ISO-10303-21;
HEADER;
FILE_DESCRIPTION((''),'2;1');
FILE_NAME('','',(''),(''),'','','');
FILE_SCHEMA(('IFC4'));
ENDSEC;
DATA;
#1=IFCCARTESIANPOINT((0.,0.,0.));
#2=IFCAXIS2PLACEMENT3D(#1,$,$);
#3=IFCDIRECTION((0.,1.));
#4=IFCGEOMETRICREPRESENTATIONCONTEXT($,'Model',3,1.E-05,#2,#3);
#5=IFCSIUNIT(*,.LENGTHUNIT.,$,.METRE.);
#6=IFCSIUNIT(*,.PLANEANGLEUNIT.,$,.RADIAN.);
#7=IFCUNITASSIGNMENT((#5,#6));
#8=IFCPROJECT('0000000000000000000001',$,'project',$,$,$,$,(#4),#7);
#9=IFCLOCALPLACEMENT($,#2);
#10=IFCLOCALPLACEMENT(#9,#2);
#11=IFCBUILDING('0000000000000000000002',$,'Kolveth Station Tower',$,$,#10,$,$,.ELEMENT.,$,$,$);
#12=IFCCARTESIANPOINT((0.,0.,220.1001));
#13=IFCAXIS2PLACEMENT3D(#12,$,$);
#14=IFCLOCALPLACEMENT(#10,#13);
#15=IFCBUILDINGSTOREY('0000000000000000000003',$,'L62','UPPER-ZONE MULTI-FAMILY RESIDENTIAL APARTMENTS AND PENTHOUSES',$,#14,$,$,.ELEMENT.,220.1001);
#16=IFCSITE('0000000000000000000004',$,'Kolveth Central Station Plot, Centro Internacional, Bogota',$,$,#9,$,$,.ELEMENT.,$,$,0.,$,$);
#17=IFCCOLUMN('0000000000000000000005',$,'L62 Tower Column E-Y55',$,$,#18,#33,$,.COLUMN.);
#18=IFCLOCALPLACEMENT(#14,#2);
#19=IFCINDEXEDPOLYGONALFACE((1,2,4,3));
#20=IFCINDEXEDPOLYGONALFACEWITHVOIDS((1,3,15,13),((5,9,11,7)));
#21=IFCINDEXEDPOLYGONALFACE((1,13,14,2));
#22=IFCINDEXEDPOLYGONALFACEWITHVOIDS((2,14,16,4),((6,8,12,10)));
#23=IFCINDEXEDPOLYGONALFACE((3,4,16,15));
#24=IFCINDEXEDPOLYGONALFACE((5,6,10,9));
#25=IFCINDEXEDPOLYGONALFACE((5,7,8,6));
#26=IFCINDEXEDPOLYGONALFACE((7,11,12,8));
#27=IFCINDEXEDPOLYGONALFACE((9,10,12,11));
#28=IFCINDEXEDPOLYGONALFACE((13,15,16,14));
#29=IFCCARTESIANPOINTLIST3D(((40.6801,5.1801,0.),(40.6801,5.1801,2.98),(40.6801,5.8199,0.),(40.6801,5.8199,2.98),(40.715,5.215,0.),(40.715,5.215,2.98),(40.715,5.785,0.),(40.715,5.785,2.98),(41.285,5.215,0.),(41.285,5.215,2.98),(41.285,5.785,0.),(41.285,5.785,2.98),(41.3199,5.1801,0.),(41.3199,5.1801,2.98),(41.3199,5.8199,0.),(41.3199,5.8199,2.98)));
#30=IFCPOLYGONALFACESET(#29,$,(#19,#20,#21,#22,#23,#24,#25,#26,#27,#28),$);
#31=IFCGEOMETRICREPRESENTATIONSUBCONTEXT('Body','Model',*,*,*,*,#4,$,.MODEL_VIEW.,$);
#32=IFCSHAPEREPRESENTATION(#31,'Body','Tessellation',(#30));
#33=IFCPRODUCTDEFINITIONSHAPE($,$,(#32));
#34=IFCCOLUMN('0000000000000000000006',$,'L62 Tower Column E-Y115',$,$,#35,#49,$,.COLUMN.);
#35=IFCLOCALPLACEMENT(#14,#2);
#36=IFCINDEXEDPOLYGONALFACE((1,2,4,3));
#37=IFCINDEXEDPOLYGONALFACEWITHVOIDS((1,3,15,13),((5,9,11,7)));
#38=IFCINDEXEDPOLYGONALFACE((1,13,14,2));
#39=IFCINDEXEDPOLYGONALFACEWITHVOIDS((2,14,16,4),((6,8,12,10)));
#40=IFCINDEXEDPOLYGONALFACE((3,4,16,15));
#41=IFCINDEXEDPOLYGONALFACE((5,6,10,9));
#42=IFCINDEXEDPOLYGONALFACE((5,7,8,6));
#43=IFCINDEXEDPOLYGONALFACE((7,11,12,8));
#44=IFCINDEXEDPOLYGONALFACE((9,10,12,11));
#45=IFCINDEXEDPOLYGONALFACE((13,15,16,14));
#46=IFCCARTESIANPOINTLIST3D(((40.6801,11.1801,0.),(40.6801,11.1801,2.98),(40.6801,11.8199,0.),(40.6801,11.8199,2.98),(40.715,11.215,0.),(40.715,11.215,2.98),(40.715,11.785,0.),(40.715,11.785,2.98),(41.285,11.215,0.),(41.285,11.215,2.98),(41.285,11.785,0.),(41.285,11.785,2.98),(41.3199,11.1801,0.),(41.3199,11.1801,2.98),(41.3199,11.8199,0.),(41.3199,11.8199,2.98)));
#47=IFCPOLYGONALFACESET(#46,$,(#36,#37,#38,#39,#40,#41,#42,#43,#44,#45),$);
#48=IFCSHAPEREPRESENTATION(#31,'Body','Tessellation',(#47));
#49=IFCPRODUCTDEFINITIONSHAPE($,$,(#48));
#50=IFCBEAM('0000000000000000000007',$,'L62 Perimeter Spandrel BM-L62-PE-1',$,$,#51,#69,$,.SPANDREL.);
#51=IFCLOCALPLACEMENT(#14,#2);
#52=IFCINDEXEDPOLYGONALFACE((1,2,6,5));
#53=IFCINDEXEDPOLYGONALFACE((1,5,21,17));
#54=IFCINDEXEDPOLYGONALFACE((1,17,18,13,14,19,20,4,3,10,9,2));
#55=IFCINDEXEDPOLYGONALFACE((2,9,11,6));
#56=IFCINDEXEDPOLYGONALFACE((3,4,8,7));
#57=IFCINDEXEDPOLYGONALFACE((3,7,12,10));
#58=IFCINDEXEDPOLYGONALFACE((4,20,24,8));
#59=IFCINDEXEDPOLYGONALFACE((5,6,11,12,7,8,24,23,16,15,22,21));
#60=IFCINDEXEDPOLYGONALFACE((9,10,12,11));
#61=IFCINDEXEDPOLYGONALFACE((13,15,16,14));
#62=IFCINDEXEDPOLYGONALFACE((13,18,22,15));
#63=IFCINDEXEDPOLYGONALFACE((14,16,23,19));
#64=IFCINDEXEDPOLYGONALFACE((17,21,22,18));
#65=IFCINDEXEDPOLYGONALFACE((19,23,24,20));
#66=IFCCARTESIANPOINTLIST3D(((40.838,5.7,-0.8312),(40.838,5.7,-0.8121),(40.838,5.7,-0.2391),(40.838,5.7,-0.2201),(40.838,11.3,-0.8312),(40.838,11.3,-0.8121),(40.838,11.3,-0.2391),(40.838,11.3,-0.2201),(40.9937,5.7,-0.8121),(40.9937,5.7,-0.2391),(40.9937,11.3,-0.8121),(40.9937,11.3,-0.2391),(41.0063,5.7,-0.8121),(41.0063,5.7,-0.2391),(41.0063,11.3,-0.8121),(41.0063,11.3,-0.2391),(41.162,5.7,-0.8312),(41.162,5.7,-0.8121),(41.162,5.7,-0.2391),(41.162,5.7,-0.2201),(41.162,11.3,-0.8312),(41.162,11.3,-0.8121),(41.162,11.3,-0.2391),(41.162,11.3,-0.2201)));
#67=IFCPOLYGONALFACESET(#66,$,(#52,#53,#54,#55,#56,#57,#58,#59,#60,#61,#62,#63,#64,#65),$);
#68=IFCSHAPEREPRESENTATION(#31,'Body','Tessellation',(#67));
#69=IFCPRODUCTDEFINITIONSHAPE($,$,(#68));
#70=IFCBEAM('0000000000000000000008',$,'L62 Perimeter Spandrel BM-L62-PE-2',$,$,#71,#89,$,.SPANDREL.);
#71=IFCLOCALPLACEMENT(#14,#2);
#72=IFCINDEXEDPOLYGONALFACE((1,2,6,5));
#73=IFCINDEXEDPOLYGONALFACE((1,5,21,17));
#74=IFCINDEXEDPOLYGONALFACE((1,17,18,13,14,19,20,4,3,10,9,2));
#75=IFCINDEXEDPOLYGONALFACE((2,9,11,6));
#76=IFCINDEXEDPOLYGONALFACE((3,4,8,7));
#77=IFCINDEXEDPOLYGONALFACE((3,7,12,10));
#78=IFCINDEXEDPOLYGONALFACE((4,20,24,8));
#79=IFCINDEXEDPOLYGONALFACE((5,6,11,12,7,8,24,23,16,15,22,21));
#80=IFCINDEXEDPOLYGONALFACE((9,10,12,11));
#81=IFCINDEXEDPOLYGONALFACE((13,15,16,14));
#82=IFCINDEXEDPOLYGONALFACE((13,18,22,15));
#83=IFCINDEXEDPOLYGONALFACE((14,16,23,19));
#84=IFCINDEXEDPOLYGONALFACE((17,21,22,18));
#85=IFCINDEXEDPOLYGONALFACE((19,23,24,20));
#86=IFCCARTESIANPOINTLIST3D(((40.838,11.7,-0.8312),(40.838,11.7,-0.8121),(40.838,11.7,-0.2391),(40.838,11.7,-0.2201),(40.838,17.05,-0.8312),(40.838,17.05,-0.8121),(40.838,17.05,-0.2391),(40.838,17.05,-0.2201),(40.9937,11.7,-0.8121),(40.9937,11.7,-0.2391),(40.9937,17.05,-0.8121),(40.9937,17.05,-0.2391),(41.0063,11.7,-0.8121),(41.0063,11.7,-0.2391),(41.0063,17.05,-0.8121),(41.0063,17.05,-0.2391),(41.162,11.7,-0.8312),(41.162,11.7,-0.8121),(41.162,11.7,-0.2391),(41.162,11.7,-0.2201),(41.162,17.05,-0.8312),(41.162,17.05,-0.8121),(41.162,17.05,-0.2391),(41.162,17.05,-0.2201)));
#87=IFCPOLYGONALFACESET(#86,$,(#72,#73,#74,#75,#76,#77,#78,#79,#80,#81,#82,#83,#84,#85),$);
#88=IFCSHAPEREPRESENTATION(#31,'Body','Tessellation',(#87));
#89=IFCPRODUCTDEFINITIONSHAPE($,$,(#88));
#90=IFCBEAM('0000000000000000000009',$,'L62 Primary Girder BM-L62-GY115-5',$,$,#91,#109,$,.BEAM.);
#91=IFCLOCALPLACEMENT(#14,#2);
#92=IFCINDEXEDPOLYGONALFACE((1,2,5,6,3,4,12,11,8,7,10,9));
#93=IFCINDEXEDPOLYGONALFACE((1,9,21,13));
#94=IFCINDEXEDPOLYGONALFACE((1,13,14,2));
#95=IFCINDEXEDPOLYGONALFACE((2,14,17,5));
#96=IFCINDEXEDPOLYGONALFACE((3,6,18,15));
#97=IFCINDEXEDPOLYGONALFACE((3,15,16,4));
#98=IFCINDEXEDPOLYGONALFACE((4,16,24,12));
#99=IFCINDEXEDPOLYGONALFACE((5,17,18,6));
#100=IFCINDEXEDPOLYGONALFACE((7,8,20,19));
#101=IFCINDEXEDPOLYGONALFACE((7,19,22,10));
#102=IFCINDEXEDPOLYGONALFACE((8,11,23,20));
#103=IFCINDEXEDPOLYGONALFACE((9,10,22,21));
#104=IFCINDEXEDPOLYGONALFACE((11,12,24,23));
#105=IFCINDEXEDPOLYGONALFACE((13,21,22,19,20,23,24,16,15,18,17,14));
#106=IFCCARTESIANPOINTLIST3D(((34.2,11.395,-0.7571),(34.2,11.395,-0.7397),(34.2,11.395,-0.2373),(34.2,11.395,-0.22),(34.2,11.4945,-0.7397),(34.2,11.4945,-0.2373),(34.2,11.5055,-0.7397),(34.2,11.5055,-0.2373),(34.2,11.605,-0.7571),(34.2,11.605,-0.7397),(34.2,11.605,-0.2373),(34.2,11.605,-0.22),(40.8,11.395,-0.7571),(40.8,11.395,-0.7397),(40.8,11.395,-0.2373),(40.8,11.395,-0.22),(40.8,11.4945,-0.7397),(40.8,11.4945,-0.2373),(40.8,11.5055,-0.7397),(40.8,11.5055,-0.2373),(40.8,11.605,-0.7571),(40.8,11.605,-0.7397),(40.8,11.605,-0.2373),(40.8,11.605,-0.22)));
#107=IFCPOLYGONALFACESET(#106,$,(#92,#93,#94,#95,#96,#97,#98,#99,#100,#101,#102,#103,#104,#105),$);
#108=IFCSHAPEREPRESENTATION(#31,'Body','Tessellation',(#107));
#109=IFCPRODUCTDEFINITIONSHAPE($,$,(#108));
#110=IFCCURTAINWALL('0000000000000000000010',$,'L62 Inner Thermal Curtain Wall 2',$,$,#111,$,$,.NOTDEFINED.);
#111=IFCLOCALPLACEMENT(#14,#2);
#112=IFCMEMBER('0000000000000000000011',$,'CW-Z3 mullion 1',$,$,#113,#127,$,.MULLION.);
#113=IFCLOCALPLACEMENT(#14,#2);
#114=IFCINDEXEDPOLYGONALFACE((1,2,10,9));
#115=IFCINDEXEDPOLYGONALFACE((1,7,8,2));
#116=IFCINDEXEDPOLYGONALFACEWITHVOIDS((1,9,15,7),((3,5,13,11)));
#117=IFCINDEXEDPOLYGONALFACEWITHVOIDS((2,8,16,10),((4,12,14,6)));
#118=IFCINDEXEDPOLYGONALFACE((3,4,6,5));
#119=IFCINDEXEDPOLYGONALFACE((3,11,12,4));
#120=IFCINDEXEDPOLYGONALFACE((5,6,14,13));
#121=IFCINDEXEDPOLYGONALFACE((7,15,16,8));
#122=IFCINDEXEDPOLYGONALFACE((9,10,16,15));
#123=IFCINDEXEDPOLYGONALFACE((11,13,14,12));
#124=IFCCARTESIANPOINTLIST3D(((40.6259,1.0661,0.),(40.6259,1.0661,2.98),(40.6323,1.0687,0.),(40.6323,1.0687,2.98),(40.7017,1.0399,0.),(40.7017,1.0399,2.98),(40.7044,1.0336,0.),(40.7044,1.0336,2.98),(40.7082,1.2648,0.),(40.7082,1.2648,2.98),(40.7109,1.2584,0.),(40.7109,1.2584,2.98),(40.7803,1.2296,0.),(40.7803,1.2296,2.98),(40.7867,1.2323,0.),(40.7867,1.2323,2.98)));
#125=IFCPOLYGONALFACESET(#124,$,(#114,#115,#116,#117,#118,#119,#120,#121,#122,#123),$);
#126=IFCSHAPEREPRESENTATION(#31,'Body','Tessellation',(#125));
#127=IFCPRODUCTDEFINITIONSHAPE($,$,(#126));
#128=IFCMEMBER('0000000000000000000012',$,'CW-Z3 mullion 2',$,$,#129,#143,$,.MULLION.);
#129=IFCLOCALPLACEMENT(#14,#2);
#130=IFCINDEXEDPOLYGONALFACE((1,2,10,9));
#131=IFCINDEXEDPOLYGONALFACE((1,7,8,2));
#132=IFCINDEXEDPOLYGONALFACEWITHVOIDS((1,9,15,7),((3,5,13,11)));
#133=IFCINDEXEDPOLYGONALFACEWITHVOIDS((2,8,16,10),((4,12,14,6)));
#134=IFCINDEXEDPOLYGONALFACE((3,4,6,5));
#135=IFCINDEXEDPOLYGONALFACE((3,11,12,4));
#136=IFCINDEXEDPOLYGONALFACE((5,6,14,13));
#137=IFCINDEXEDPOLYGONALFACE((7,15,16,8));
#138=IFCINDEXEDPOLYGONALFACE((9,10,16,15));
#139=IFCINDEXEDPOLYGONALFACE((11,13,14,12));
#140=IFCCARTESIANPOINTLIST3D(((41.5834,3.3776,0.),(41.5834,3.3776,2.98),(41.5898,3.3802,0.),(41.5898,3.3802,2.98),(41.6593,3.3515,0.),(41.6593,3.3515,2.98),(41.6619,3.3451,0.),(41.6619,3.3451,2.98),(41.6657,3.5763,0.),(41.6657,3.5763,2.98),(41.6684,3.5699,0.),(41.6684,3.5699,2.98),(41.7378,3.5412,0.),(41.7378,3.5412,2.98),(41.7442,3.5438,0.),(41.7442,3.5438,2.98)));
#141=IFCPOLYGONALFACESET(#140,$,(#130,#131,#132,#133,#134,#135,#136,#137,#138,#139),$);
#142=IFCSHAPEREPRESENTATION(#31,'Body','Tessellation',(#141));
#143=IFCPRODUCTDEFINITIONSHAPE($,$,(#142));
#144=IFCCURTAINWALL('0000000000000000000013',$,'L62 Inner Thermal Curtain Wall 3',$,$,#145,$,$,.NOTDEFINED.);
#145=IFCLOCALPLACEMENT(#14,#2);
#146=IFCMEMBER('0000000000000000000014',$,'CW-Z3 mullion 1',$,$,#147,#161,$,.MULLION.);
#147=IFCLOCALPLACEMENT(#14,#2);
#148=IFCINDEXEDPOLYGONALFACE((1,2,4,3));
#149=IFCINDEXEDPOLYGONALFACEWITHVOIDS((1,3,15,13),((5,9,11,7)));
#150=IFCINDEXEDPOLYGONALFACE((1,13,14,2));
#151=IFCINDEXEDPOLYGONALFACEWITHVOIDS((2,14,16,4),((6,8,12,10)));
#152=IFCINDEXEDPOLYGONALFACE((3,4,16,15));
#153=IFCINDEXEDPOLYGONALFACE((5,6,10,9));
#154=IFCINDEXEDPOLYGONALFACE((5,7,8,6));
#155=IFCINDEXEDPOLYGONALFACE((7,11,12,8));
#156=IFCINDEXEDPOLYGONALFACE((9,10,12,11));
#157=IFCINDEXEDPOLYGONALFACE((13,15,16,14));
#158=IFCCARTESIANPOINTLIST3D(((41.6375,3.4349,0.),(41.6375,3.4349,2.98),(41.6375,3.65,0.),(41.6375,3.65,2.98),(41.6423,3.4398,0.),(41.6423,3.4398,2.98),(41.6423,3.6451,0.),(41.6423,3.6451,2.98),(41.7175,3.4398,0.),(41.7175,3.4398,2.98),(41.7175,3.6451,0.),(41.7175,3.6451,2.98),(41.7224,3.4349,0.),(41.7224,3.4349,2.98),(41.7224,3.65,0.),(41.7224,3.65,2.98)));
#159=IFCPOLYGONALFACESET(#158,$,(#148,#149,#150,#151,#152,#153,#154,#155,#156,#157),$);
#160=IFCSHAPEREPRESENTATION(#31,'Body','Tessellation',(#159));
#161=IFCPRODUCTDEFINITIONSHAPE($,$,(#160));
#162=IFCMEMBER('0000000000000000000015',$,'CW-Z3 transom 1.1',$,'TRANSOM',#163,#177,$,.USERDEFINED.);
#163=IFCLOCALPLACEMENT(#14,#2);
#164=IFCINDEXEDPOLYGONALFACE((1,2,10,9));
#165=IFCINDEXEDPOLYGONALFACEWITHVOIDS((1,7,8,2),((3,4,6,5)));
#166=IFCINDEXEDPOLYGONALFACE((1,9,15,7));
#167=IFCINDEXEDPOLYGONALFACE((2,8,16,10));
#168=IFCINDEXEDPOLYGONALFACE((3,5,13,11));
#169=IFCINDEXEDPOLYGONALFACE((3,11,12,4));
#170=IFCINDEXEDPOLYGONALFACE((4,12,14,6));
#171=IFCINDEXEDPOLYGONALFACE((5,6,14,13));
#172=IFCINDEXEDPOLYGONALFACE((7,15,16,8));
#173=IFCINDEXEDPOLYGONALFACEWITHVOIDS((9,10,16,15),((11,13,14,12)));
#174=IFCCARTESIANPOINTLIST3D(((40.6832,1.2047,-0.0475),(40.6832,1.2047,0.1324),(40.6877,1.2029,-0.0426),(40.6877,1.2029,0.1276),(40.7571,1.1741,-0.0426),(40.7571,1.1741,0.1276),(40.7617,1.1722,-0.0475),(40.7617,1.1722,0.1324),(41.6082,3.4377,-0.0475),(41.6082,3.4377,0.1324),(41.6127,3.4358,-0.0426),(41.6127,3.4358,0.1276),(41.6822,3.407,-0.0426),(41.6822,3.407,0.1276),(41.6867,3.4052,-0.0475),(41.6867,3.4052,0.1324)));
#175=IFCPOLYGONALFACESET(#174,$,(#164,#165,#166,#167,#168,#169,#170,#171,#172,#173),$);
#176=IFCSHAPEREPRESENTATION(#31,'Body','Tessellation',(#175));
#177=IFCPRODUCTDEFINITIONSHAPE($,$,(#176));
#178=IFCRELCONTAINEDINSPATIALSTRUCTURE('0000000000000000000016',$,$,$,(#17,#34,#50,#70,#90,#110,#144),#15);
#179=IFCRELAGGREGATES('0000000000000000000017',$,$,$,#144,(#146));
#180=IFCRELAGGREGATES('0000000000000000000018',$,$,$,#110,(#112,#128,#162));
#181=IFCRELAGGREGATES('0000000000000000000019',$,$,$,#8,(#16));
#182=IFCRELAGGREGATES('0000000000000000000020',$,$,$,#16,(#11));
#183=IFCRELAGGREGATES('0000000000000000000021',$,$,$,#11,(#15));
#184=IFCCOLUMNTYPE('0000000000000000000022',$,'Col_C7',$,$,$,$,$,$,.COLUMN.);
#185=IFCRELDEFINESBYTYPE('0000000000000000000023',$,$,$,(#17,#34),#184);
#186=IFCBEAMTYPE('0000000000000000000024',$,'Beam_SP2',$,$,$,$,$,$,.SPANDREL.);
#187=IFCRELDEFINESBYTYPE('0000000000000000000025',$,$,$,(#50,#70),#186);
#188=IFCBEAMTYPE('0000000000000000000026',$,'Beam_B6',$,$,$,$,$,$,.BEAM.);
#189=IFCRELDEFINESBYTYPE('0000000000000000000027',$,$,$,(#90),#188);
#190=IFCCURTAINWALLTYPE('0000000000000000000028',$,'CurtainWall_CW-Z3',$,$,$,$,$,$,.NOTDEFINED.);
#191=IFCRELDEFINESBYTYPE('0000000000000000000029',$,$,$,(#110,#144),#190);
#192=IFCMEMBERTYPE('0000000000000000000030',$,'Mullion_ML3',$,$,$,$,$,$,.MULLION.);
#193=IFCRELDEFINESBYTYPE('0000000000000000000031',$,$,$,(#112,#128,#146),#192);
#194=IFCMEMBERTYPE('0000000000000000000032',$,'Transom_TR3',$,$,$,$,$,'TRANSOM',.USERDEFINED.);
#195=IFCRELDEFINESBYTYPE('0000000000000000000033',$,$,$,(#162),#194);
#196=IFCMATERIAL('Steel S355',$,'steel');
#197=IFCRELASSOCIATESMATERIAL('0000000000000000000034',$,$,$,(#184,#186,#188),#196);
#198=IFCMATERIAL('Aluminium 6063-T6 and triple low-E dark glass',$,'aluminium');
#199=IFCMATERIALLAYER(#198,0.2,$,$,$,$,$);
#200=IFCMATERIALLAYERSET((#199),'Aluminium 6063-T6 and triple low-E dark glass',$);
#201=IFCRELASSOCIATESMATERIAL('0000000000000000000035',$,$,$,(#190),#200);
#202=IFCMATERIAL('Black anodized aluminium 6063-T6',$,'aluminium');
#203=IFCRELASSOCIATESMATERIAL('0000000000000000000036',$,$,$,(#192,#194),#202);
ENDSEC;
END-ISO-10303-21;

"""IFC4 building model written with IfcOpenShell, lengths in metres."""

from ifc_helpers import new_model, si_unit, direction, frame, origin, origin_2d, place, context, subcontext, project, spatial, hollow_rectangle, i_section, extrude, source, transform, mapped, material, layer, layer_set, material_profile, profile_set, type_object, element, aggregate, save


model = new_model("IFC4")

# Units and contexts
model_context = context("Model", 3, precision=1e-05, world=origin(), true_north=direction((0.0, 1.0)))
body_context = subcontext(model_context, "Body", "Model", "MODEL_VIEW")
ifc_project = project(units=[si_unit("LENGTHUNIT", "METRE"), si_unit("PLANEANGLEUNIT", "RADIAN")], contexts=[model_context])

# Site, building, storey
site_placement = place(None, origin())
site = spatial("IfcSite", under=ifc_project, at=site_placement, Name="Kolveth Central Station Plot, Centro Internacional, Bogota", CompositionType="ELEMENT", RefElevation=0.0)
building_placement = place(site_placement, origin())
building = spatial("IfcBuilding", under=site, at=building_placement, Name="Kolveth Station Tower", CompositionType="ELEMENT")
storey_placement = place(building_placement, frame((0.0, 0.0, 220.1001)))
storey = spatial("IfcBuildingStorey", under=building, at=storey_placement, Name="L62", Description="UPPER-ZONE MULTI-FAMILY RESIDENTIAL APARTMENTS AND PENTHOUSES", CompositionType="ELEMENT", Elevation=220.1001)

# Columns
ifc_material_1 = material(Name="Steel S355", Category="steel")
ifc_material_profile_1 = material_profile(ifc_material_1, hollow_rectangle(XDim=0.6399, YDim=0.6399, WallThickness=0.0349, at=origin_2d()), Name="BOX640x640x35")
ifc_profile_set_1 = profile_set([ifc_material_profile_1], Name="Steel S355")
column_type = type_object("IfcColumnType", Name="Col_C7", PredefinedType="COLUMN", material=ifc_profile_set_1)
shared_shape_1 = source(origin(), body_context, "Body", "SweptSolid", [
    extrude(hollow_rectangle(XDim=0.6399, YDim=0.6399, WallThickness=0.0349, at=origin_2d()), origin(), (0.0, 0.0, 1.0), 2.98),
])
for number, where, z_axis, x_axis, name in (
    (1, (41.0, 5.5, 0.0), (0.0, 0.0, 1.0), (1.0, 0.0, 0.0), "L62 Tower Column E-Y55"),
    (2, (41.0, 11.5, 0.0), (0.0, 0.0, 1.0), (1.0, 0.0, 0.0), "L62 Tower Column E-Y115"),
):
    element("IfcColumn", number, at=place(storey_placement, frame(where, z_axis=z_axis, x_axis=x_axis)), inside=storey, type_object=column_type, Name=name, PredefinedType="COLUMN", context=body_context, shape_type="MappedRepresentation", body=[
        mapped(shared_shape_1, transform((0.0, 0.0, 0.0), x_axis=(1.0, 0.0, 0.0), y_axis=(0.0, 1.0, 0.0), z_axis=(0.0, 0.0, 1.0), scale=1.0)),
    ])

# Beams
ifc_material_profile_2 = material_profile(ifc_material_1, i_section(OverallWidth=0.324, OverallDepth=0.6111, WebThickness=0.0127, FlangeThickness=0.019, at=origin_2d()), Name="W610x155")
ifc_profile_set_2 = profile_set([ifc_material_profile_2], Name="Steel S355")
beam_type_1 = type_object("IfcBeamType", Name="Beam_SP2", PredefinedType="SPANDREL", material=ifc_profile_set_2)
shared_shape_2 = source(origin(), body_context, "Body", "SweptSolid", [
    extrude(i_section(OverallWidth=0.324, OverallDepth=0.6111, WebThickness=0.0127, FlangeThickness=0.019, at=origin_2d()), origin(), (0.0, 0.0, 1.0), 5.6001),
])
beam_1_placement = place(storey_placement, frame((41.0, 5.7, -0.5256), z_axis=(0.0, 1.0, 0.0), x_axis=(-1.0, 0.0, 0.0)))
element("IfcBeam", 3, at=beam_1_placement, inside=storey, type_object=beam_type_1, Name="L62 Perimeter Spandrel BM-L62-PE-1", PredefinedType="SPANDREL", context=body_context, shape_type="MappedRepresentation", body=[
    mapped(shared_shape_2, transform((0.0, 0.0, 0.0), x_axis=(1.0, 0.0, 0.0), y_axis=(0.0, 1.0, 0.0), z_axis=(0.0, 0.0, 1.0), scale=1.0)),
])
shared_shape_3 = source(origin(), body_context, "Body", "SweptSolid", [
    extrude(i_section(OverallWidth=0.324, OverallDepth=0.6111, WebThickness=0.0127, FlangeThickness=0.019, at=origin_2d()), origin(), (0.0, 0.0, 1.0), 5.3501),
])
beam_2_placement = place(storey_placement, frame((41.0, 11.7, -0.5256), z_axis=(0.0, 1.0, 0.0), x_axis=(-1.0, 0.0, 0.0)))
element("IfcBeam", 4, at=beam_2_placement, inside=storey, type_object=beam_type_1, Name="L62 Perimeter Spandrel BM-L62-PE-2", PredefinedType="SPANDREL", context=body_context, shape_type="MappedRepresentation", body=[
    mapped(shared_shape_3, transform((0.0, 0.0, 0.0), x_axis=(1.0, 0.0, 0.0), y_axis=(0.0, 1.0, 0.0), z_axis=(0.0, 0.0, 1.0), scale=1.0)),
])
ifc_material_profile_3 = material_profile(ifc_material_1, i_section(OverallWidth=0.21, OverallDepth=0.5371, WebThickness=0.011, FlangeThickness=0.0173, at=origin_2d()), Name="W530x101")
ifc_profile_set_3 = profile_set([ifc_material_profile_3], Name="Steel S355")
beam_type_2 = type_object("IfcBeamType", Name="Beam_B6", PredefinedType="BEAM", material=ifc_profile_set_3)
shared_shape_4 = source(origin(), body_context, "Body", "SweptSolid", [
    extrude(i_section(OverallWidth=0.21, OverallDepth=0.5371, WebThickness=0.011, FlangeThickness=0.0173, at=origin_2d()), origin(), (0.0, 0.0, 1.0), 6.6001),
])
beam_3_placement = place(storey_placement, frame((34.2, 11.5, -0.4885), z_axis=(1.0, 0.0, 0.0), x_axis=(0.0, 1.0, 0.0)))
element("IfcBeam", 5, at=beam_3_placement, inside=storey, type_object=beam_type_2, Name="L62 Primary Girder BM-L62-GY115-5", PredefinedType="BEAM", context=body_context, shape_type="MappedRepresentation", body=[
    mapped(shared_shape_4, transform((0.0, 0.0, 0.0), x_axis=(1.0, 0.0, 0.0), y_axis=(0.0, 1.0, 0.0), z_axis=(0.0, 0.0, 1.0), scale=1.0)),
])

# Curtain wall, members
ifc_material_2 = material(Name="Aluminium 6063-T6 and triple low-E dark glass", Category="aluminium")
ifc_layer_1 = layer(ifc_material_2, 0.2)
ifc_layer_set_1 = layer_set([ifc_layer_1], Name="Aluminium 6063-T6 and triple low-E dark glass")
curtain_wall_type_1 = type_object("IfcCurtainWallType", Name="CurtainWall_CW-Z3", PredefinedType="NOTDEFINED", material=ifc_layer_set_1)
curtain_wall_1_placement = place(storey_placement, origin())
curtain_wall_1 = element("IfcCurtainWall", 6, at=curtain_wall_1_placement, inside=storey, type_object=curtain_wall_type_1, Name="L62 Inner Thermal Curtain Wall 2", PredefinedType="NOTDEFINED")
ifc_material_3 = material(Name="Black anodized aluminium 6063-T6", Category="aluminium")
ifc_material_profile_4 = material_profile(ifc_material_3, hollow_rectangle(XDim=0.085, YDim=0.2151, WallThickness=0.0049, at=origin_2d()), Name="ALU-85x215x5")
ifc_profile_set_4 = profile_set([ifc_material_profile_4], Name="Black anodized aluminium 6063-T6")
member_type_1 = type_object("IfcMemberType", Name="Mullion_ML3", PredefinedType="MULLION", material=ifc_profile_set_4)
shared_shape_5 = source(origin(), body_context, "Body", "SweptSolid", [
    extrude(hollow_rectangle(XDim=0.085, YDim=0.2151, WallThickness=0.0049, at=origin_2d()), origin(), (0.0, 0.0, 1.0), 2.98),
])
member_1_placement = place(storey_placement, frame((40.7063, 1.1492, 0.0), z_axis=(0.0, 0.0, 1.0), x_axis=(-0.923875, 0.382693, 0.0)))
member_1 = element("IfcMember", 7, at=member_1_placement, type_object=member_type_1, Name="CW-Z3 mullion 1", PredefinedType="MULLION", context=body_context, shape_type="MappedRepresentation", body=[
    mapped(shared_shape_5, transform((0.0, 0.0, 0.0), x_axis=(1.0, 0.0, 0.0), y_axis=(0.0, 1.0, 0.0), z_axis=(0.0, 0.0, 1.0), scale=1.0)),
])
member_2_placement = place(storey_placement, frame((41.6638, 3.4607, 0.0), z_axis=(0.0, 0.0, 1.0), x_axis=(-0.923875, 0.382693, 0.0)))
member_2 = element("IfcMember", 8, at=member_2_placement, type_object=member_type_1, Name="CW-Z3 mullion 2", PredefinedType="MULLION", context=body_context, shape_type="MappedRepresentation", body=[
    mapped(shared_shape_5, transform((0.0, 0.0, 0.0), x_axis=(1.0, 0.0, 0.0), y_axis=(0.0, 1.0, 0.0), z_axis=(0.0, 0.0, 1.0), scale=1.0)),
])

# Curtain wall, member
curtain_wall_2_placement = place(storey_placement, origin())
curtain_wall_2 = element("IfcCurtainWall", 9, at=curtain_wall_2_placement, inside=storey, type_object=curtain_wall_type_1, Name="L62 Inner Thermal Curtain Wall 3", PredefinedType="NOTDEFINED")
member_3_placement = place(storey_placement, frame((41.6799, 3.5425, 0.0), z_axis=(0.0, 0.0, 1.0), x_axis=(-1.0, 0.0, 0.0)))
member_3 = element("IfcMember", 10, at=member_3_placement, type_object=member_type_1, Name="CW-Z3 mullion 1", PredefinedType="MULLION", context=body_context, shape_type="MappedRepresentation", body=[
    mapped(shared_shape_5, transform((0.0, 0.0, 0.0), x_axis=(1.0, 0.0, 0.0), y_axis=(0.0, 1.0, 0.0), z_axis=(0.0, 0.0, 1.0), scale=1.0)),
])

# Member
ifc_material_profile_5 = material_profile(ifc_material_3, hollow_rectangle(XDim=0.085, YDim=0.1799, WallThickness=0.0049, at=origin_2d()), Name="ALU-85x180x5")
ifc_profile_set_5 = profile_set([ifc_material_profile_5], Name="Black anodized aluminium 6063-T6")
member_type_2 = type_object("IfcMemberType", Name="Transom_TR3", ElementType="TRANSOM", PredefinedType="USERDEFINED", material=ifc_profile_set_5)
shared_shape_6 = source(origin(), body_context, "Body", "SweptSolid", [
    extrude(hollow_rectangle(XDim=0.085, YDim=0.1799, WallThickness=0.0049, at=origin_2d()), origin(), (0.0, 0.0, 1.0), 2.417),
])
member_4_placement = place(storey_placement, frame((40.7224, 1.1885, 0.0425), z_axis=(0.382735, 0.923858, 0.0), x_axis=(-0.923858, 0.382735, 0.0)))
member_4 = element("IfcMember", 11, at=member_4_placement, type_object=member_type_2, Name="CW-Z3 transom 1.1", ObjectType="TRANSOM", PredefinedType="USERDEFINED", context=body_context, shape_type="MappedRepresentation", body=[
    mapped(shared_shape_6, transform((0.0, 0.0, 0.0), x_axis=(1.0, 0.0, 0.0), y_axis=(0.0, 1.0, 0.0), z_axis=(0.0, 0.0, 1.0), scale=1.0)),
])
aggregate(curtain_wall_2, [member_3])

aggregate(curtain_wall_1, [member_1, member_2, member_4])

save(model, "model.ifc")
